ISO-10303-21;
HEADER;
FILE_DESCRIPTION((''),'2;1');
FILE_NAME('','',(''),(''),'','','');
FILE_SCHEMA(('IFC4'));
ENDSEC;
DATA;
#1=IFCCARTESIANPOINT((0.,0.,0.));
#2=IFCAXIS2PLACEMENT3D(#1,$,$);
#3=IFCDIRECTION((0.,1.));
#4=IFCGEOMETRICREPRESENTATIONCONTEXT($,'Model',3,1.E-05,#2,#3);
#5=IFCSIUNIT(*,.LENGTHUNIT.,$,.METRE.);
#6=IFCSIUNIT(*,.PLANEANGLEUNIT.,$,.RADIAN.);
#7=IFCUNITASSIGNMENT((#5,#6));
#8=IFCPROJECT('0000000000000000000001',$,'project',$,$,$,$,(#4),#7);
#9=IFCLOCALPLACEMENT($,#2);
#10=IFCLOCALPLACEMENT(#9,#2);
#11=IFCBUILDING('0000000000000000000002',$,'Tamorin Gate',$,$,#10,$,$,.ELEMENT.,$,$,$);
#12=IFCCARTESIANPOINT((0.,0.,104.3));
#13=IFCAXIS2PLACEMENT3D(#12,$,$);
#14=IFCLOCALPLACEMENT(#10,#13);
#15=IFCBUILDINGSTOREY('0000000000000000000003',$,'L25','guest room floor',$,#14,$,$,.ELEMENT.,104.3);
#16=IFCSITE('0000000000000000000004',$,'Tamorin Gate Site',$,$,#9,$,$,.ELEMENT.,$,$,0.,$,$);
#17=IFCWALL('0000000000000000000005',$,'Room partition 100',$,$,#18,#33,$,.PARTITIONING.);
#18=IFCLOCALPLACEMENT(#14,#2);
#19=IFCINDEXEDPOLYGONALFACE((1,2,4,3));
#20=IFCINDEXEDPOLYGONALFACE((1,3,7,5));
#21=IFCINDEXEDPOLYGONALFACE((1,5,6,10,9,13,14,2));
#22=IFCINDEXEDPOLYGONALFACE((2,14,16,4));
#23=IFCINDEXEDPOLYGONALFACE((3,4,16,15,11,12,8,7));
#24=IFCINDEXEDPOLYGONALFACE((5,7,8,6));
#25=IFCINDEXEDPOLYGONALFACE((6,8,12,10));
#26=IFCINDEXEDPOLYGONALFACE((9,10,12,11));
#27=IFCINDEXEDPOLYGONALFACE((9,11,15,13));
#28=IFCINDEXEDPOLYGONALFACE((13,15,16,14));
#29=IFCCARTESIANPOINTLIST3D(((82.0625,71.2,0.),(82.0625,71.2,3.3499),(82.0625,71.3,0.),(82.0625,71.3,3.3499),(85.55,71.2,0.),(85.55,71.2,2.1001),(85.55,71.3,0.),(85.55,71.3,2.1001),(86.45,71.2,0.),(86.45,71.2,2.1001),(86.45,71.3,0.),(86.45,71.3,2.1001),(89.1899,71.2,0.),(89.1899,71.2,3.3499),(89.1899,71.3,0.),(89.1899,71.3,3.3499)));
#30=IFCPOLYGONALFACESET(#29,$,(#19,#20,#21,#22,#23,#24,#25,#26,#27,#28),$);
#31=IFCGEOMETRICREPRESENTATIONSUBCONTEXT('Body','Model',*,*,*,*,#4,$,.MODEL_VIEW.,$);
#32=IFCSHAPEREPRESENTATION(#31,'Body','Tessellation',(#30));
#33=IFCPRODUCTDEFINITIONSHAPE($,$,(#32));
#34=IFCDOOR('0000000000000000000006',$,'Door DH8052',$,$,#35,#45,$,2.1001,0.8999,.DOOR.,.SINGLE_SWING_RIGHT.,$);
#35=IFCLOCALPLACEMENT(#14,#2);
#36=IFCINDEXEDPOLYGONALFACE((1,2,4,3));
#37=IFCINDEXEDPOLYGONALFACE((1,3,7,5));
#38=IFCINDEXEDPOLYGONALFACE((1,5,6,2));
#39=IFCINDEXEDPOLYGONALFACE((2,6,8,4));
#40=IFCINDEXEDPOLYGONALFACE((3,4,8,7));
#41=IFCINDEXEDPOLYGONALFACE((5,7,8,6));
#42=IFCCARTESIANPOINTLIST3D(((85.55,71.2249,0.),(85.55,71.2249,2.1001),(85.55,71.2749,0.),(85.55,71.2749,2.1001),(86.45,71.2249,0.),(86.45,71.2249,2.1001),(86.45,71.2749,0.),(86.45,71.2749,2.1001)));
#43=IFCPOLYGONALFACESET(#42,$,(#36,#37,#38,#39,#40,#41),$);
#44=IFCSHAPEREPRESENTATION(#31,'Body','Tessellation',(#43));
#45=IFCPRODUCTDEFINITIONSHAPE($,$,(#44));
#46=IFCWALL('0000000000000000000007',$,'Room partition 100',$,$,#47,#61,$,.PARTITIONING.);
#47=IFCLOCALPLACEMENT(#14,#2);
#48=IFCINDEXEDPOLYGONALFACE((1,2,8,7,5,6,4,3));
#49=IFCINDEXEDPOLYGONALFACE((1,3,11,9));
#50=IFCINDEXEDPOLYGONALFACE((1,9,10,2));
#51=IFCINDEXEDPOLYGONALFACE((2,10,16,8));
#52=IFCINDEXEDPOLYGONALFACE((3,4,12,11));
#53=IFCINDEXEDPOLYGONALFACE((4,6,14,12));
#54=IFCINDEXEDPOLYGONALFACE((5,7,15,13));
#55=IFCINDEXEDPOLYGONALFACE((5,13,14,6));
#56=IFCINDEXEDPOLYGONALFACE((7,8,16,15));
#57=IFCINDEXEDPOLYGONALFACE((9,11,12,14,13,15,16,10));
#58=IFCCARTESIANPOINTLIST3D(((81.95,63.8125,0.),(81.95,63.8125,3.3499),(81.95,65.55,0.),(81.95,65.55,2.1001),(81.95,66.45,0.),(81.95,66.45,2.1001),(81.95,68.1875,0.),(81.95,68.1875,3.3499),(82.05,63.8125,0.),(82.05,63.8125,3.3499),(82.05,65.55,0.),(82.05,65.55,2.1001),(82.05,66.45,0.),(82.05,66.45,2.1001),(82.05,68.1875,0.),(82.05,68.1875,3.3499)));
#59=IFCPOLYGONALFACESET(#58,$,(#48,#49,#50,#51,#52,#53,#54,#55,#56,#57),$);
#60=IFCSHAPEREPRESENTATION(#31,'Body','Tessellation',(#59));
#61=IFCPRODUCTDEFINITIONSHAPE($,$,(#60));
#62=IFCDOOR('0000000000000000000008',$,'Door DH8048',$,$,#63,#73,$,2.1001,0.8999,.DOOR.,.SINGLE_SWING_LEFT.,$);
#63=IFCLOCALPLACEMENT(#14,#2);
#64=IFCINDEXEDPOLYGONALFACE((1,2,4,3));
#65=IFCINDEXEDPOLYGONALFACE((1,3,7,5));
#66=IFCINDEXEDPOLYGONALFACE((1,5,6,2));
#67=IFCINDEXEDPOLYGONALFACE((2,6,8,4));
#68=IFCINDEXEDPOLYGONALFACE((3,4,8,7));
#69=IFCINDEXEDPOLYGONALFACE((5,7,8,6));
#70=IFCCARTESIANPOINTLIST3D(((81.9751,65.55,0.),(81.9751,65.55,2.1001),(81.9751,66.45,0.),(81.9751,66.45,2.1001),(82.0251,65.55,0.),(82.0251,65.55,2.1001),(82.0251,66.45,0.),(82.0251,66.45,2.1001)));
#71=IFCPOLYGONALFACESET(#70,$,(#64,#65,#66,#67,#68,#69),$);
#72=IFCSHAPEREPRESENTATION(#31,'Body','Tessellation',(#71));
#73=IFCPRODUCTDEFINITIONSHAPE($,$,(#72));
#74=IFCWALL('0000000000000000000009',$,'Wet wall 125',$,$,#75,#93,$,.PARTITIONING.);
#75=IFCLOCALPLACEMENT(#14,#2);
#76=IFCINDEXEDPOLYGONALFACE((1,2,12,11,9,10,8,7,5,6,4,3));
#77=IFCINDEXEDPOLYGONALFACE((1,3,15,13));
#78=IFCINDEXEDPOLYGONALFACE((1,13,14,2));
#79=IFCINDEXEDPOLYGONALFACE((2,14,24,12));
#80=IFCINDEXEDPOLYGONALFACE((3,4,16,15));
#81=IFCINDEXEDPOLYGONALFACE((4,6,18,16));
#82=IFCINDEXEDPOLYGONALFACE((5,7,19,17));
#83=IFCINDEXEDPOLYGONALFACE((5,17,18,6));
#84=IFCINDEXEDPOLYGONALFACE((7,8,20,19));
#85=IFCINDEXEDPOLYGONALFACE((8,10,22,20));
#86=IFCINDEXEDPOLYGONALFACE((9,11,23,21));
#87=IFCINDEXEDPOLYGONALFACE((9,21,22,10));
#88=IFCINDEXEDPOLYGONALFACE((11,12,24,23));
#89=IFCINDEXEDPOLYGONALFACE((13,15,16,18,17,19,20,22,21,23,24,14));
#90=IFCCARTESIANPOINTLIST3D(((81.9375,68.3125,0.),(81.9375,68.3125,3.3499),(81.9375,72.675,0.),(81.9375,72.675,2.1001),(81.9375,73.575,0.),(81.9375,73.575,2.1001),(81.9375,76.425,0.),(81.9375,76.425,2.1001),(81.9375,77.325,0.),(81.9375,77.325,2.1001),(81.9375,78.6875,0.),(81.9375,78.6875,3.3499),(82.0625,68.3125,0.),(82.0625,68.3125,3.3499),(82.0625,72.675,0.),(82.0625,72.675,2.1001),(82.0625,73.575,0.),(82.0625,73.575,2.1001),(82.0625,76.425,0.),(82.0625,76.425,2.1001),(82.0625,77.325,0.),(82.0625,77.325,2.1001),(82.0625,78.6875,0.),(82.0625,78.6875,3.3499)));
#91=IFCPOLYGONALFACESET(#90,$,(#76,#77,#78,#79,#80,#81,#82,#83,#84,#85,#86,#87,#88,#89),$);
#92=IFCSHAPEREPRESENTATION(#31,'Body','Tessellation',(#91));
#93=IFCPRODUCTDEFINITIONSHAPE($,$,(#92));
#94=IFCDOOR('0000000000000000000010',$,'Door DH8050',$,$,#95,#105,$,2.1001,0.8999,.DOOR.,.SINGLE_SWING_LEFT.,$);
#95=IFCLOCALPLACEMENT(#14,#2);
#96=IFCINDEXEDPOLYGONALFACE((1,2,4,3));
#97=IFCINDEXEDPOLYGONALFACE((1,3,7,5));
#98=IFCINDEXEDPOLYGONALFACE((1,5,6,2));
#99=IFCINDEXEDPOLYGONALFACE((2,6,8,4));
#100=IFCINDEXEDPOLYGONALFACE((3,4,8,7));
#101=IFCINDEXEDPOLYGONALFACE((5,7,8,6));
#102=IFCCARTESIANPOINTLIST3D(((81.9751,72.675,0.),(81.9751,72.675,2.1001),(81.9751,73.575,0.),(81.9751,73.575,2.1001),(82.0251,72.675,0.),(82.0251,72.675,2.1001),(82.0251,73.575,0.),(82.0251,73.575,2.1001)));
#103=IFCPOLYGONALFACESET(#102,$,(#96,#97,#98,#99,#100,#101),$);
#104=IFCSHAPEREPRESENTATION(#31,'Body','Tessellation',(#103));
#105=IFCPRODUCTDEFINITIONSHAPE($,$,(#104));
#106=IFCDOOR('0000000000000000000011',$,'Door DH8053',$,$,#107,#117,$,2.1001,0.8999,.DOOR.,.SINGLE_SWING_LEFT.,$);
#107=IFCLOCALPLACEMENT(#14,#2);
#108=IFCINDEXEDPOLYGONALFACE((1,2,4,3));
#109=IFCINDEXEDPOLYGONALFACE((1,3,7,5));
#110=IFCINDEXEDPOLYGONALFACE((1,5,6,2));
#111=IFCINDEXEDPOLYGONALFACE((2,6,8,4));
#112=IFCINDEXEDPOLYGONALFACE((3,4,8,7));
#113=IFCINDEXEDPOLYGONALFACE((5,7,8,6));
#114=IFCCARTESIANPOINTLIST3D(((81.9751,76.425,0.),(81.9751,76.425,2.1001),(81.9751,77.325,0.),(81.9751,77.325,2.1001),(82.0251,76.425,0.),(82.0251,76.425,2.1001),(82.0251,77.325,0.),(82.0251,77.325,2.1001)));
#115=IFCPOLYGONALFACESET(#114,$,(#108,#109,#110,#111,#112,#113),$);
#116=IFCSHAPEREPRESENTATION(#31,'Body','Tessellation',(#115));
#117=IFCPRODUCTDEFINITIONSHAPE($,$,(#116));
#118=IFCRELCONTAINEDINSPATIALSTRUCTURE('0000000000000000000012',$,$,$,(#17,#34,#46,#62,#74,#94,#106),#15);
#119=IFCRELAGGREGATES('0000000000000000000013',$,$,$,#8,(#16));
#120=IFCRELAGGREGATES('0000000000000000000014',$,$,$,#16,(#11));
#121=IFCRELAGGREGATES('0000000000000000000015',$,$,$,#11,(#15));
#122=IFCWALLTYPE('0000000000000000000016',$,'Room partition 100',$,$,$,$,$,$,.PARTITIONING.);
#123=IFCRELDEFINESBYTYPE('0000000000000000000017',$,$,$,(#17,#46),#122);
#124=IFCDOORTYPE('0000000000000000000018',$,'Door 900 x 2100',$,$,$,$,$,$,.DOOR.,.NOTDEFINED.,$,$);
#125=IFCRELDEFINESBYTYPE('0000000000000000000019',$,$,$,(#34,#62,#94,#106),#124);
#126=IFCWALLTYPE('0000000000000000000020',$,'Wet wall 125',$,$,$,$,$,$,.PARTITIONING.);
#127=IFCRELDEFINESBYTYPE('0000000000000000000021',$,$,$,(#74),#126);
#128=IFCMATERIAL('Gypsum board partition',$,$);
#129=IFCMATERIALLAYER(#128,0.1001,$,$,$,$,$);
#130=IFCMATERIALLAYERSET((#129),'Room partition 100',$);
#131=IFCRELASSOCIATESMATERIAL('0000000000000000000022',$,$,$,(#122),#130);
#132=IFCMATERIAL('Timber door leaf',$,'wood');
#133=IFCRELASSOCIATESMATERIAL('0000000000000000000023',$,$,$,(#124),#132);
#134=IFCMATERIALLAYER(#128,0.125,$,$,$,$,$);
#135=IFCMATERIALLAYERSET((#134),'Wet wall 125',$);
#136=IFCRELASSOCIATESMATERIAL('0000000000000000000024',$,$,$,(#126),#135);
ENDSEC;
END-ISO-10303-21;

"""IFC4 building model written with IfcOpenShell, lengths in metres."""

from ifc_helpers import new_model, si_unit, direction, frame, frame_2d, origin, place, context, subcontext, project, spatial, rectangle, extrude, material, layer, layer_set, type_object, element, fill, save


model = new_model("IFC4")

# Units and contexts
model_context = context("Model", 3, precision=1e-05, world=origin(), true_north=direction((0.0, 1.0)))
body_context = subcontext(model_context, "Body", "Model", "MODEL_VIEW")
ifc_project = project(units=[si_unit("LENGTHUNIT", "METRE"), si_unit("PLANEANGLEUNIT", "RADIAN")], contexts=[model_context])

# Site, building, storey
site_placement = place(None, origin())
site = spatial("IfcSite", under=ifc_project, at=site_placement, Name="Tamorin Gate Site", CompositionType="ELEMENT", RefElevation=0.0)
building_placement = place(site_placement, origin())
building = spatial("IfcBuilding", under=site, at=building_placement, Name="Tamorin Gate", CompositionType="ELEMENT")
storey_placement = place(building_placement, frame((0.0, 0.0, 104.3)))
storey = spatial("IfcBuildingStorey", under=building, at=storey_placement, Name="L25", Description="guest room floor", CompositionType="ELEMENT", Elevation=104.3)

# Walls, openings, doors
ifc_material_1 = material(Name="Gypsum board partition")
ifc_layer_1 = layer(ifc_material_1, 0.1001)
ifc_layer_set_1 = layer_set([ifc_layer_1], Name="Room partition 100")
wall_type_1 = type_object("IfcWallType", Name="Room partition 100", PredefinedType="PARTITIONING", material=ifc_layer_set_1)
ifc_material_2 = material(Name="Timber door leaf", Category="wood")
door_type = type_object("IfcDoorType", Name="Door 900 x 2100", OperationType="NOTDEFINED", PredefinedType="DOOR", material=ifc_material_2)
wall_1_placement = place(storey_placement, frame((82.0625, 71.25, 0.0), z_axis=(0.0, 0.0, 1.0), x_axis=(1.0, 0.0, 0.0)))
wall_1 = element("IfcWall", 1, at=wall_1_placement, inside=storey, type_object=wall_type_1, Name="Room partition 100", PredefinedType="PARTITIONING", context=body_context, shape_type="SweptSolid", body=[
    extrude(rectangle(XDim=7.1274, YDim=0.1001, at=frame_2d((3.5637, 0.0))), origin(), (0.0, 0.0, 1.0), 3.3499),
])
opening_1_placement = place(wall_1_placement, frame((3.4875, 0.0, 0.0)))
opening_1 = element("IfcOpeningElement", 2, at=opening_1_placement, cuts=wall_1, PredefinedType="OPENING", context=body_context, shape_type="SweptSolid", body=[
    extrude(rectangle(XDim=0.8999, YDim=2.1001, at=frame_2d((0.45, 1.05))), frame((0.0, 0.0601, 0.0), z_axis=(0.0, -1.0, 0.0), x_axis=(1.0, 0.0, 0.0)), (0.0, 0.0, 1.0), 0.1201),
])
door_1_placement = place(opening_1_placement, origin())
door_1 = element("IfcDoor", 3, at=door_1_placement, inside=storey, type_object=door_type, Name="Door DH8052", OperationType="SINGLE_SWING_RIGHT", OverallHeight=2.1001, OverallWidth=0.8999, PredefinedType="DOOR", context=body_context, shape_type="SweptSolid", body=[
    extrude(rectangle(XDim=0.8999, YDim=2.1001, at=frame_2d((0.45, 1.05))), frame((0.0, 0.0249, 0.0), z_axis=(0.0, -1.0, 0.0), x_axis=(1.0, 0.0, 0.0)), (0.0, 0.0, 1.0), 0.05),
])
fill(opening_1, door_1)
wall_2_placement = place(storey_placement, frame((82.0, 63.8125, 0.0), z_axis=(0.0, 0.0, 1.0), x_axis=(0.0, 1.0, 0.0)))
wall_2 = element("IfcWall", 4, at=wall_2_placement, inside=storey, type_object=wall_type_1, Name="Room partition 100", PredefinedType="PARTITIONING", context=body_context, shape_type="SweptSolid", body=[
    extrude(rectangle(XDim=4.375, YDim=0.1001, at=frame_2d((2.1875, 0.0))), origin(), (0.0, 0.0, 1.0), 3.3499),
])
opening_2_placement = place(wall_2_placement, frame((1.7375, 0.0, 0.0)))
opening_2 = element("IfcOpeningElement", 5, at=opening_2_placement, cuts=wall_2, PredefinedType="OPENING", context=body_context, shape_type="SweptSolid", body=[
    extrude(rectangle(XDim=0.8999, YDim=2.1001, at=frame_2d((0.45, 1.05))), frame((0.0, 0.0601, 0.0), z_axis=(0.0, -1.0, 0.0), x_axis=(1.0, 0.0, 0.0)), (0.0, 0.0, 1.0), 0.1201),
])
door_2_placement = place(opening_2_placement, origin())
door_2 = element("IfcDoor", 6, at=door_2_placement, inside=storey, type_object=door_type, Name="Door DH8048", OperationType="SINGLE_SWING_LEFT", OverallHeight=2.1001, OverallWidth=0.8999, PredefinedType="DOOR", context=body_context, shape_type="SweptSolid", body=[
    extrude(rectangle(XDim=0.8999, YDim=2.1001, at=frame_2d((0.45, 1.05))), frame((0.0, 0.0249, 0.0), z_axis=(0.0, -1.0, 0.0), x_axis=(1.0, 0.0, 0.0)), (0.0, 0.0, 1.0), 0.05),
])
fill(opening_2, door_2)

# Wall, openings, doors
ifc_layer_2 = layer(ifc_material_1, 0.125)
ifc_layer_set_2 = layer_set([ifc_layer_2], Name="Wet wall 125")
wall_type_2 = type_object("IfcWallType", Name="Wet wall 125", PredefinedType="PARTITIONING", material=ifc_layer_set_2)
wall_3_placement = place(storey_placement, frame((82.0, 68.3125, 0.0), z_axis=(0.0, 0.0, 1.0), x_axis=(0.0, 1.0, 0.0)))
wall_3 = element("IfcWall", 7, at=wall_3_placement, inside=storey, type_object=wall_type_2, Name="Wet wall 125", PredefinedType="PARTITIONING", context=body_context, shape_type="SweptSolid", body=[
    extrude(rectangle(XDim=10.375, YDim=0.125, at=frame_2d((5.1875, 0.0))), origin(), (0.0, 0.0, 1.0), 3.3499),
])
opening_3_placement = place(wall_3_placement, frame((4.3625, 0.0, 0.0)))
opening_3 = element("IfcOpeningElement", 8, at=opening_3_placement, cuts=wall_3, PredefinedType="OPENING", context=body_context, shape_type="SweptSolid", body=[
    extrude(rectangle(XDim=0.8999, YDim=2.1001, at=frame_2d((0.45, 1.05))), frame((0.0, 0.0725, 0.0), z_axis=(0.0, -1.0, 0.0), x_axis=(1.0, 0.0, 0.0)), (0.0, 0.0, 1.0), 0.145),
])
opening_4_placement = place(wall_3_placement, frame((8.1125, 0.0, 0.0)))
opening_4 = element("IfcOpeningElement", 9, at=opening_4_placement, cuts=wall_3, PredefinedType="OPENING", context=body_context, shape_type="SweptSolid", body=[
    extrude(rectangle(XDim=0.8999, YDim=2.1001, at=frame_2d((0.45, 1.05))), frame((0.0, 0.0725, 0.0), z_axis=(0.0, -1.0, 0.0), x_axis=(1.0, 0.0, 0.0)), (0.0, 0.0, 1.0), 0.145),
])
door_3_placement = place(opening_3_placement, origin())
door_3 = element("IfcDoor", 10, at=door_3_placement, inside=storey, type_object=door_type, Name="Door DH8050", OperationType="SINGLE_SWING_LEFT", OverallHeight=2.1001, OverallWidth=0.8999, PredefinedType="DOOR", context=body_context, shape_type="SweptSolid", body=[
    extrude(rectangle(XDim=0.8999, YDim=2.1001, at=frame_2d((0.45, 1.05))), frame((0.0, 0.0249, 0.0), z_axis=(0.0, -1.0, 0.0), x_axis=(1.0, 0.0, 0.0)), (0.0, 0.0, 1.0), 0.05),
])
fill(opening_3, door_3)
door_4_placement = place(opening_4_placement, origin())
door_4 = element("IfcDoor", 11, at=door_4_placement, inside=storey, type_object=door_type, Name="Door DH8053", OperationType="SINGLE_SWING_LEFT", OverallHeight=2.1001, OverallWidth=0.8999, PredefinedType="DOOR", context=body_context, shape_type="SweptSolid", body=[
    extrude(rectangle(XDim=0.8999, YDim=2.1001, at=frame_2d((0.45, 1.05))), frame((0.0, 0.0249, 0.0), z_axis=(0.0, -1.0, 0.0), x_axis=(1.0, 0.0, 0.0)), (0.0, 0.0, 1.0), 0.05),
])
fill(opening_4, door_4)

save(model, "model.ifc")
